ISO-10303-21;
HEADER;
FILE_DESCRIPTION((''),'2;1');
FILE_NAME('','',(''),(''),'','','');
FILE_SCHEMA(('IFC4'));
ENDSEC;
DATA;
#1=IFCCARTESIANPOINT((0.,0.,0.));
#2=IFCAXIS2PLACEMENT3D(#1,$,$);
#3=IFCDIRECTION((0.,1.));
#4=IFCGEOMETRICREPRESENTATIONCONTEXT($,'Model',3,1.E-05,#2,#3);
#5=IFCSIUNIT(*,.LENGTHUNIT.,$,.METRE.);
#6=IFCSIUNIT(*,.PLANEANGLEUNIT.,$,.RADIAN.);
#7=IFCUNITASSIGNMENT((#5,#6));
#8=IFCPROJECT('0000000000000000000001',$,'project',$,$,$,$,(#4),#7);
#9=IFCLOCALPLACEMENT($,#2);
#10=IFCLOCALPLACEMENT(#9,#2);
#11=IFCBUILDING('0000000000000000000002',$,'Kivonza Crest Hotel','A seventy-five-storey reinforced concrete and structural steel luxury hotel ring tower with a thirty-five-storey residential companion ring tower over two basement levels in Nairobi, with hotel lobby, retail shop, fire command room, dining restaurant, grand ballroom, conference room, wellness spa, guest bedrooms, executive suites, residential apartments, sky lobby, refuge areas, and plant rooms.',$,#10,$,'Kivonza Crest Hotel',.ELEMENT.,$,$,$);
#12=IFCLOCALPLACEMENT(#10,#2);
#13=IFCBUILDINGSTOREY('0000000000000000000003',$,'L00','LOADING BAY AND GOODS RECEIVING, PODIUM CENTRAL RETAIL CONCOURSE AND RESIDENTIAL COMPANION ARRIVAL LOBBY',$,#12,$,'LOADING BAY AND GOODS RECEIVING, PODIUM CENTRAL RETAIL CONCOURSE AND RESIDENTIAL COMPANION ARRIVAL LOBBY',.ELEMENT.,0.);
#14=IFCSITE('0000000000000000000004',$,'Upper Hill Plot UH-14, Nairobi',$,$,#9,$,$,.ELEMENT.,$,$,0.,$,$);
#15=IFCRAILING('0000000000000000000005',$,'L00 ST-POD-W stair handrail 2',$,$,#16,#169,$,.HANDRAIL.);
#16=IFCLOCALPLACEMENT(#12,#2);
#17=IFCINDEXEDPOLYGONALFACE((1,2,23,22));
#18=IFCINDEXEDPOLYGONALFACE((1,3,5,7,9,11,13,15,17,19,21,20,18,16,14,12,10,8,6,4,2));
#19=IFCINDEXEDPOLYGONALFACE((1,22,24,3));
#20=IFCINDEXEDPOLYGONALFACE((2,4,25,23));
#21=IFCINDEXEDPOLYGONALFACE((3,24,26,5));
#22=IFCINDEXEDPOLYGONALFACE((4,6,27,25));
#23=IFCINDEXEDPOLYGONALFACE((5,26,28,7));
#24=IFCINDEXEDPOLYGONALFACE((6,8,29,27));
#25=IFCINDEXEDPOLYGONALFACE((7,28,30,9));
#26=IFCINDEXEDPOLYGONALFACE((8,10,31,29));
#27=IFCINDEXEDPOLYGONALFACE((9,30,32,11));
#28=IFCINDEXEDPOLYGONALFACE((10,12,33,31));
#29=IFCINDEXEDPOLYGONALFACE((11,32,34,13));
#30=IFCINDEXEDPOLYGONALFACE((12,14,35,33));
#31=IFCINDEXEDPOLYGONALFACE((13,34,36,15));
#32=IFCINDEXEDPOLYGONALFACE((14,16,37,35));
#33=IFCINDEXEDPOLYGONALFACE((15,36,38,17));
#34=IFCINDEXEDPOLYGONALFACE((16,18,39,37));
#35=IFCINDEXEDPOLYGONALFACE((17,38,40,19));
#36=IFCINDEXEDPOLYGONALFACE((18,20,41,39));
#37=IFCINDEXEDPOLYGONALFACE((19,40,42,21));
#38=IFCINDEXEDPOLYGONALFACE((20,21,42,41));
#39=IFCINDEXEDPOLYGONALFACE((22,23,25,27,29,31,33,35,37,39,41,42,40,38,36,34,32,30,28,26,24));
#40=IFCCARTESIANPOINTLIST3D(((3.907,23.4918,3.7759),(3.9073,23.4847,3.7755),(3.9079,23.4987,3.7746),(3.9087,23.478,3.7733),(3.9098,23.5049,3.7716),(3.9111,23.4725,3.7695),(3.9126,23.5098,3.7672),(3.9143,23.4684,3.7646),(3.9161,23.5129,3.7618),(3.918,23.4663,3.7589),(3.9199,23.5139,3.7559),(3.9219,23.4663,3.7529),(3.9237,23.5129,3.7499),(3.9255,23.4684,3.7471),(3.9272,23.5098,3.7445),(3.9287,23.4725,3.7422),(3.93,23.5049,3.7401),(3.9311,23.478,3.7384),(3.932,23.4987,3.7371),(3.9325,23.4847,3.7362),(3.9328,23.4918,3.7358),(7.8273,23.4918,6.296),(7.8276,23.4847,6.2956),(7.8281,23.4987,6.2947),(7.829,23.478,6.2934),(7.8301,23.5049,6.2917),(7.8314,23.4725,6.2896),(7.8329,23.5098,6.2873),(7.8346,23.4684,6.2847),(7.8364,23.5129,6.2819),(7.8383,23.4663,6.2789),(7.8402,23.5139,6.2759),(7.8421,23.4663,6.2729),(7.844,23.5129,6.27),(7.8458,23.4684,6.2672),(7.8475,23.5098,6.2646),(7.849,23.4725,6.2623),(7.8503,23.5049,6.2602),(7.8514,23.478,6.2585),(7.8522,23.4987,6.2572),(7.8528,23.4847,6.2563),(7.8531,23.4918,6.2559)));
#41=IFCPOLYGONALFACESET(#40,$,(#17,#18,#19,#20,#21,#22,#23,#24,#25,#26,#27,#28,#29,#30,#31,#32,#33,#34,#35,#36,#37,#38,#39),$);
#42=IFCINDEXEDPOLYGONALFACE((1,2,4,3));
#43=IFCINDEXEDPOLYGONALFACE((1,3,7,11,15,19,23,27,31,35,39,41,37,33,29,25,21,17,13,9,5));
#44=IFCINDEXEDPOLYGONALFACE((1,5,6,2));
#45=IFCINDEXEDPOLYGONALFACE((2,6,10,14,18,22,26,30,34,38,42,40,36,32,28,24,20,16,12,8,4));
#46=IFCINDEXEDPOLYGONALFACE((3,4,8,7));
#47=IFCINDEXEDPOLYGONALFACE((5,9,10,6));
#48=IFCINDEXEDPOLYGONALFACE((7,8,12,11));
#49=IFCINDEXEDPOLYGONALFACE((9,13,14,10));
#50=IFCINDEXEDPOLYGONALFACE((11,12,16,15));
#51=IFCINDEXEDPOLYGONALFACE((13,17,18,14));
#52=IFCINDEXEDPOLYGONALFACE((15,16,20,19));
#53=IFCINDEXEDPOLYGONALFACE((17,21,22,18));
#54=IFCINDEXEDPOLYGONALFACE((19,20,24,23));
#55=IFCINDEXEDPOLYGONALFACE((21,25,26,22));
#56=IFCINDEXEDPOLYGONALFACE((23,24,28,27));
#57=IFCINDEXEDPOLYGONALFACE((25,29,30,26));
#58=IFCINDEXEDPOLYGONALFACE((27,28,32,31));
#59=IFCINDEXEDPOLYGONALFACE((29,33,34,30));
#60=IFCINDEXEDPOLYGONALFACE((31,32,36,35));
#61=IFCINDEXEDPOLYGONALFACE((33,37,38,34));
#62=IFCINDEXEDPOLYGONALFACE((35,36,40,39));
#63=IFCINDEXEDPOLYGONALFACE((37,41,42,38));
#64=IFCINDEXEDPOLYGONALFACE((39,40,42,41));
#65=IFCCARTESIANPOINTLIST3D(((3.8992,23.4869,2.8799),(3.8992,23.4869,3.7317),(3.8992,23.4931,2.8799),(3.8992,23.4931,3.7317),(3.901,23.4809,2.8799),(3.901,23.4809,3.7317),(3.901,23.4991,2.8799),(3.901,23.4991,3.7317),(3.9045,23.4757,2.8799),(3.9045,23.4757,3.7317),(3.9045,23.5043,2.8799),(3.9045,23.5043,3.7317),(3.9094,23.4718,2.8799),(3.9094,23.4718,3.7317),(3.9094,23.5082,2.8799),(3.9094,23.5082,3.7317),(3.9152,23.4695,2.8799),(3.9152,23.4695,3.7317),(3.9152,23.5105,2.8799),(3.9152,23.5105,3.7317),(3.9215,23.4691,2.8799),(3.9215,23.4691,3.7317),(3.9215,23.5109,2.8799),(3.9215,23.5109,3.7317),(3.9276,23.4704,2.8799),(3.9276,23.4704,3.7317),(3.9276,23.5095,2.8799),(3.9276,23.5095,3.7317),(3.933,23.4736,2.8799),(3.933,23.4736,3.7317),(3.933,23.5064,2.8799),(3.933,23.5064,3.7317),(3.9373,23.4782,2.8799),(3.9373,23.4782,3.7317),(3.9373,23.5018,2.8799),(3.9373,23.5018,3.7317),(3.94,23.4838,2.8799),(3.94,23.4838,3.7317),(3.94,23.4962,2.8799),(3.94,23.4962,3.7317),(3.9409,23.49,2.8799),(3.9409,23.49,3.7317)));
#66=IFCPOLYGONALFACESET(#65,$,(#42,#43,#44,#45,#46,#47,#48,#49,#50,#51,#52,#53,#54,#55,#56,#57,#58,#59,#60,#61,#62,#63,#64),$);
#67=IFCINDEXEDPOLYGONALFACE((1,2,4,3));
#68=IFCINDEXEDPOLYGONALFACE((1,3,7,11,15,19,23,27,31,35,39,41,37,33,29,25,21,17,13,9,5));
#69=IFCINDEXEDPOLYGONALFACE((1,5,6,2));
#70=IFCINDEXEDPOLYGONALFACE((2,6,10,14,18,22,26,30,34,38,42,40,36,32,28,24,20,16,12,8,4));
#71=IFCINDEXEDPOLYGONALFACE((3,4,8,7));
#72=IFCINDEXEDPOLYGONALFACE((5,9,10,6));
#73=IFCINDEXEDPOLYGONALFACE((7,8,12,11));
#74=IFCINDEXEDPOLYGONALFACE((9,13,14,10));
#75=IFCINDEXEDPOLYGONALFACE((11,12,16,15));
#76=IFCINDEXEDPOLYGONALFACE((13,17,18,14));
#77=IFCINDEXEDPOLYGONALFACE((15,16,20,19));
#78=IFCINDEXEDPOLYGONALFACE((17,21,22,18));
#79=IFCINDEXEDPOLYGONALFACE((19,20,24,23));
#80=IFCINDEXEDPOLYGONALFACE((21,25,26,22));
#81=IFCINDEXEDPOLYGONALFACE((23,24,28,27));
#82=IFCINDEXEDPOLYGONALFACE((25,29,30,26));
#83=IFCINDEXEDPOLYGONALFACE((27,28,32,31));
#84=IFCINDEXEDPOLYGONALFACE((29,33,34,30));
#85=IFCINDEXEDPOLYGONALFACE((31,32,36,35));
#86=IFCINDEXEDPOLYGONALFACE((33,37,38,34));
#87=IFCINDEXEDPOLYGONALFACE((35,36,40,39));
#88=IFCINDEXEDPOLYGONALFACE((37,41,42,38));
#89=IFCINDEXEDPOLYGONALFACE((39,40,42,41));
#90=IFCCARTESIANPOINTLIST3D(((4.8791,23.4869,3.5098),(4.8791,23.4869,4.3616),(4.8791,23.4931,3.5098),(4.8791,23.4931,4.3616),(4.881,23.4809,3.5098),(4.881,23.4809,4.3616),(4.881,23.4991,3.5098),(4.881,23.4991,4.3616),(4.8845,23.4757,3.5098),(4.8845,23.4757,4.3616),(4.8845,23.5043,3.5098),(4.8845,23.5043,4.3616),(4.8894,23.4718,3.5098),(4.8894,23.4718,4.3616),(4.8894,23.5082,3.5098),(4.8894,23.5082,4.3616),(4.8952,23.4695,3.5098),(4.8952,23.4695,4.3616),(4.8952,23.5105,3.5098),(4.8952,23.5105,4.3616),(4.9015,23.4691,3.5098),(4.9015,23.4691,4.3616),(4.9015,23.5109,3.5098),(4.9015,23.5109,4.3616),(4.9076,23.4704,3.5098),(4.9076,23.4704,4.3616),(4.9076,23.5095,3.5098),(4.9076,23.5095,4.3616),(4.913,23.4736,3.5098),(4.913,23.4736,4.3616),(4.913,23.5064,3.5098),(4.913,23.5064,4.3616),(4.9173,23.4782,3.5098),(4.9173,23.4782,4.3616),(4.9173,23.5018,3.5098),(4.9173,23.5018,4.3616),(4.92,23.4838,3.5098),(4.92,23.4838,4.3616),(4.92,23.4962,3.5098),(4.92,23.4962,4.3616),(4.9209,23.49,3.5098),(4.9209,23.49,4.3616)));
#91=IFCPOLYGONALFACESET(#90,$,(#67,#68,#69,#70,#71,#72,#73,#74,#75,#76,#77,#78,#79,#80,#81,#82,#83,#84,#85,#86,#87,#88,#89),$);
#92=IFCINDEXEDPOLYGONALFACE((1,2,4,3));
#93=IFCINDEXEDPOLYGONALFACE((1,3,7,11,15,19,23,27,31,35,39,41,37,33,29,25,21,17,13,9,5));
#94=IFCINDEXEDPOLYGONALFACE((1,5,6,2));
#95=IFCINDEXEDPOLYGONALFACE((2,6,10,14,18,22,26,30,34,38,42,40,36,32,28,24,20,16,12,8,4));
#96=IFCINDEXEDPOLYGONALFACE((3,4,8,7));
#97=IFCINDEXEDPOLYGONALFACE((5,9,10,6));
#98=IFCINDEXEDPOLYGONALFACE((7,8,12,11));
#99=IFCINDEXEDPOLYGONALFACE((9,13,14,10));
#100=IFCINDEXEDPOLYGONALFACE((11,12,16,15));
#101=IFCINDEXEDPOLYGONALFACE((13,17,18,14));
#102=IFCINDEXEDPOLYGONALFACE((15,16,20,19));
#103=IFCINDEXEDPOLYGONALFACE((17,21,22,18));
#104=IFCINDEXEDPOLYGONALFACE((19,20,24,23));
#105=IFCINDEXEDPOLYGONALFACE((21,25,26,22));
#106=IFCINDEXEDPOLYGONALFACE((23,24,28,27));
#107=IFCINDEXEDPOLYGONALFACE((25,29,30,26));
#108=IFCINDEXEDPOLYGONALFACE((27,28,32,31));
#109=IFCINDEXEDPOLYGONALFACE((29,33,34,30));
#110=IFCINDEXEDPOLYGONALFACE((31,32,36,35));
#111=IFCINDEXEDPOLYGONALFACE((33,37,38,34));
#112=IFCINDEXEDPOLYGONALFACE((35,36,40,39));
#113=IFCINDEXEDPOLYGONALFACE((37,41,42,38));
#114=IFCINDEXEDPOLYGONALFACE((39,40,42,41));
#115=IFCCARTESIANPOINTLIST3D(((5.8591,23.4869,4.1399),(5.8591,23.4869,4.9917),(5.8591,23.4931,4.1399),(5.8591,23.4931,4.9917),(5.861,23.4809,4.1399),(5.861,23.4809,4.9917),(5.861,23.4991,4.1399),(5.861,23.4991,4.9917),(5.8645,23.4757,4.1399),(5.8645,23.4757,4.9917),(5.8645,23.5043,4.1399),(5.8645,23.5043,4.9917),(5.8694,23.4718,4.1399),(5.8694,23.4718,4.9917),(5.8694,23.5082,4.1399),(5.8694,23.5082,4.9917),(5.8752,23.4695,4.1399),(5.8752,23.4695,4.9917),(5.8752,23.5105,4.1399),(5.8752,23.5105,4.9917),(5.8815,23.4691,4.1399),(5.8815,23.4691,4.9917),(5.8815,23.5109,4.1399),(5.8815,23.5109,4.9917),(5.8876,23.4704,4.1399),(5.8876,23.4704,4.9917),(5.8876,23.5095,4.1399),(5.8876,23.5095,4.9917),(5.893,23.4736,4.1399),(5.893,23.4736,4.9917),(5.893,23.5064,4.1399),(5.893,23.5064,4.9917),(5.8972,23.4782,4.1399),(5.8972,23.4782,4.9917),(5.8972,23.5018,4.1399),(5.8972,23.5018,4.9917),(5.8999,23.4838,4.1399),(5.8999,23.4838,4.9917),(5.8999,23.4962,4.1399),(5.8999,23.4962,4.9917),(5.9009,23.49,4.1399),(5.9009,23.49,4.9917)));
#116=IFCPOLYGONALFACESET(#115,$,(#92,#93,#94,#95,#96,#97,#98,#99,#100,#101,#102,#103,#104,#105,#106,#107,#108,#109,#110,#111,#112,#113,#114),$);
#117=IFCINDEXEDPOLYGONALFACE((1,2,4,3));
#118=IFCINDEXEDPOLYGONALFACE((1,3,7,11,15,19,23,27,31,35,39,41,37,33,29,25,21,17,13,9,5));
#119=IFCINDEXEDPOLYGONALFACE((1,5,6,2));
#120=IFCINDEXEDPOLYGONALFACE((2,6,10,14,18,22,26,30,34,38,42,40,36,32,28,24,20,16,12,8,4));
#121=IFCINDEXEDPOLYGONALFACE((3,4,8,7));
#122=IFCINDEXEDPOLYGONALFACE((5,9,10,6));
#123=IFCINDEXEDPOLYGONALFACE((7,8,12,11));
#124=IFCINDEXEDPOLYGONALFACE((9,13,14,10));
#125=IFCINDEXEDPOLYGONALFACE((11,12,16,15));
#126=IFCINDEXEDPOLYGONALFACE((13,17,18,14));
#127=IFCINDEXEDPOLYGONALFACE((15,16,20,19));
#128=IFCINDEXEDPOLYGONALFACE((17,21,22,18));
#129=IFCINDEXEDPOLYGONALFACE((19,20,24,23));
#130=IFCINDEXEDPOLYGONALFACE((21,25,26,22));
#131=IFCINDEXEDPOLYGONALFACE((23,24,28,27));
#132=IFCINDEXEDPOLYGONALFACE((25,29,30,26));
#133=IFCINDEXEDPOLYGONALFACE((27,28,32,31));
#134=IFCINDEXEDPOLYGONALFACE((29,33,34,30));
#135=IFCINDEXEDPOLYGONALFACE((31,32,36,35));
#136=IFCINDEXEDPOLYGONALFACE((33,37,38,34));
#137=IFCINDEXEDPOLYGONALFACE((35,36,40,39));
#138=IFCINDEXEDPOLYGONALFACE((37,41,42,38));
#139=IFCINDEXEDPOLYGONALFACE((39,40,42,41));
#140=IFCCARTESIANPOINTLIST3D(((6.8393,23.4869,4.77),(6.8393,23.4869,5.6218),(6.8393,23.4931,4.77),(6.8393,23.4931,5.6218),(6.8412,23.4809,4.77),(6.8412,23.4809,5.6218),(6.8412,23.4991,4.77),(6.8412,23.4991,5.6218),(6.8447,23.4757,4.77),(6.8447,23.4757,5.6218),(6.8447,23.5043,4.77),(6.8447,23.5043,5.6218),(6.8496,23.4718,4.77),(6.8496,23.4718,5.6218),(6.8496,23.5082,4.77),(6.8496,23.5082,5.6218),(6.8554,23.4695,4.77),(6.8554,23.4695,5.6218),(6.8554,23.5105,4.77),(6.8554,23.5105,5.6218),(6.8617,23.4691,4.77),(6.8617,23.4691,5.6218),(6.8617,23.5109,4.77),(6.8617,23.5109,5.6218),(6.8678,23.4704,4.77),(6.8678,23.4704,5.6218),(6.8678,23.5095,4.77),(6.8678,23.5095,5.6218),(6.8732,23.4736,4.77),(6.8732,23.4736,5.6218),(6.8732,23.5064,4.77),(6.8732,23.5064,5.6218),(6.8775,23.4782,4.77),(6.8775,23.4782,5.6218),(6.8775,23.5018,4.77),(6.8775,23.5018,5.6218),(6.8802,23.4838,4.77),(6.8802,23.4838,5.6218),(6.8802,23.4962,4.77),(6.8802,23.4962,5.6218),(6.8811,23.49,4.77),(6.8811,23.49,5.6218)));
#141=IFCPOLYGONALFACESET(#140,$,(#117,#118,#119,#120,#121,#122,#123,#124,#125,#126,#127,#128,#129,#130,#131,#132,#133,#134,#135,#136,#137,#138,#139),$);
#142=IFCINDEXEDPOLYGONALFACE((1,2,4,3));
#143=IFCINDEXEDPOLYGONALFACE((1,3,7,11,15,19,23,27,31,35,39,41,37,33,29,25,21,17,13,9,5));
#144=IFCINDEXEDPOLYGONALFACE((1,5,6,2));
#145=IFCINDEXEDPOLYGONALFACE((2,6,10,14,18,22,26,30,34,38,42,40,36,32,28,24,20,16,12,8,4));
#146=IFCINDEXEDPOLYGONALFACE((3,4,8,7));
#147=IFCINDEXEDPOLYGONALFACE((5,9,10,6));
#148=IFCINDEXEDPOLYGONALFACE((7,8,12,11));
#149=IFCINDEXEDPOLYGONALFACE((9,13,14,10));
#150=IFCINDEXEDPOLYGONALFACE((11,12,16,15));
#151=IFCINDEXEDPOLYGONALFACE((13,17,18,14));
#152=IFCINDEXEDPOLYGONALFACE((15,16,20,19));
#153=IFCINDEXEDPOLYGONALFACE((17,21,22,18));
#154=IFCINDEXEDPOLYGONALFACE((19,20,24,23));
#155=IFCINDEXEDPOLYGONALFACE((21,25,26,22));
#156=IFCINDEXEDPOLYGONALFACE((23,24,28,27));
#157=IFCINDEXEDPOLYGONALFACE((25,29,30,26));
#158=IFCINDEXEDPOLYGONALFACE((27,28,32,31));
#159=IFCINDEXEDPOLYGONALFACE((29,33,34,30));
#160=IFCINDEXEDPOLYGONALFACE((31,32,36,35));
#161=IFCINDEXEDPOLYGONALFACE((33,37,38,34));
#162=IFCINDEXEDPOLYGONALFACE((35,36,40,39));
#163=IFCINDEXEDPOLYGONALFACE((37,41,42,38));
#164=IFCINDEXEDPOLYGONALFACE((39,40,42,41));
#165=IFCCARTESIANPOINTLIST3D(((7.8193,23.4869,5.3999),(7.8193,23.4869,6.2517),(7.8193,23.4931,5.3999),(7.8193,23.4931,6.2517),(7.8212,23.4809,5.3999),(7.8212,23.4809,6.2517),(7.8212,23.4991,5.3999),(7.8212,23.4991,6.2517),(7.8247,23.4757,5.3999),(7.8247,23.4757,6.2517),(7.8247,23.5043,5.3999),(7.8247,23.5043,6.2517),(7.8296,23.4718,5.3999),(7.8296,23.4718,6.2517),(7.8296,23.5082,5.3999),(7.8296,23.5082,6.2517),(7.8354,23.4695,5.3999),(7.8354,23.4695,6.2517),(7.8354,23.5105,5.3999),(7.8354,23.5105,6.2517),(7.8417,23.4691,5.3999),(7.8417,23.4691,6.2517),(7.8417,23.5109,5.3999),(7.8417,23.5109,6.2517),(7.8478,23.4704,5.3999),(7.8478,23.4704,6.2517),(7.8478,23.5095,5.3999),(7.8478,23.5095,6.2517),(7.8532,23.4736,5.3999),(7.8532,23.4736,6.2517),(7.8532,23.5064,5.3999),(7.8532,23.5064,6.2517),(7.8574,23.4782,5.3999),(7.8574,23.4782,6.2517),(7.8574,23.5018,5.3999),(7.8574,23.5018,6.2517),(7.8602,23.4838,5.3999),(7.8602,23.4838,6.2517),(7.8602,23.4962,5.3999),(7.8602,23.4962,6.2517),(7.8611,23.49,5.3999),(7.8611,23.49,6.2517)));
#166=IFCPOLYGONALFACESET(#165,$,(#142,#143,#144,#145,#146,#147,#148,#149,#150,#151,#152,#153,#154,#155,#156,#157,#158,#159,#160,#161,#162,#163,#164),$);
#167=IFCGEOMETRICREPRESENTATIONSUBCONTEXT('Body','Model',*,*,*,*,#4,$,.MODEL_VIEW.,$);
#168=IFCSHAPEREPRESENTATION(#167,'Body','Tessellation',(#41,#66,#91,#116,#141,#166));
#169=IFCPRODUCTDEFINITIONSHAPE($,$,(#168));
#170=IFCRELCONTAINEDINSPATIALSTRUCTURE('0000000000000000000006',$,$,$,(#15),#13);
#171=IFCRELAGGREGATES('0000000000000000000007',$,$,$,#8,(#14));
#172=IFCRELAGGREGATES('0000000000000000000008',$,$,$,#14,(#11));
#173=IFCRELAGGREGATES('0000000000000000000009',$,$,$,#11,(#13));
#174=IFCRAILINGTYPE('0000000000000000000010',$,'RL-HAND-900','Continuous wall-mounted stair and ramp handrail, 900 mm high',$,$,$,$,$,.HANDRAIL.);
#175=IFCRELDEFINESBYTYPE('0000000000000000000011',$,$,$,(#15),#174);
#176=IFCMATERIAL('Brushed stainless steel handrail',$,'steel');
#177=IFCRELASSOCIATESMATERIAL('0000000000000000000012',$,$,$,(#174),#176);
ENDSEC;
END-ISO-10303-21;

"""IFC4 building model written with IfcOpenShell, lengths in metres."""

from ifc_helpers import new_model, si_unit, direction, frame, origin, origin_2d, place, context, subcontext, project, spatial, circle, extrude, material, type_object, element, save


model = new_model("IFC4")

# Units and contexts
model_context = context("Model", 3, precision=1e-05, world=origin(), true_north=direction((0.0, 1.0)))
body_context = subcontext(model_context, "Body", "Model", "MODEL_VIEW")
ifc_project = project(units=[si_unit("LENGTHUNIT", "METRE"), si_unit("PLANEANGLEUNIT", "RADIAN")], contexts=[model_context])

# Site, building, storey
site_placement = place(None, origin())
site = spatial("IfcSite", under=ifc_project, at=site_placement, Name="Upper Hill Plot UH-14, Nairobi", CompositionType="ELEMENT", RefElevation=0.0)
building_placement = place(site_placement, origin())
building = spatial("IfcBuilding", under=site, at=building_placement, Name="Kivonza Crest Hotel", Description="A seventy-five-storey reinforced concrete and structural steel luxury hotel ring tower with a thirty-five-storey residential companion ring tower over two basement levels in Nairobi, with hotel lobby, retail shop, fire command room, dining restaurant, grand ballroom, conference room, wellness spa, guest bedrooms, executive suites, residential apartments, sky lobby, refuge areas, and plant rooms.", LongName="Kivonza Crest Hotel", CompositionType="ELEMENT")
storey_placement = place(building_placement, origin())
storey = spatial("IfcBuildingStorey", under=building, at=storey_placement, Name="L00", Description="LOADING BAY AND GOODS RECEIVING, PODIUM CENTRAL RETAIL CONCOURSE AND RESIDENTIAL COMPANION ARRIVAL LOBBY", LongName="LOADING BAY AND GOODS RECEIVING, PODIUM CENTRAL RETAIL CONCOURSE AND RESIDENTIAL COMPANION ARRIVAL LOBBY", CompositionType="ELEMENT", Elevation=0.0)

# Railing
ifc_material_1 = material(Name="Brushed stainless steel handrail", Category="steel")
railing_type_1 = type_object("IfcRailingType", Name="RL-HAND-900", Description="Continuous wall-mounted stair and ramp handrail, 900 mm high", PredefinedType="HANDRAIL", material=ifc_material_1)
railing_1_placement = place(storey_placement, frame((3.9199, 23.49, 2.8799)))
element("IfcRailing", 1, at=railing_1_placement, inside=storey, type_object=railing_type_1, Name="L00 ST-POD-W stair handrail 2", PredefinedType="HANDRAIL", context=body_context, shape_type="SweptSolid", body=[
    extrude(circle(Radius=0.0239, at=origin_2d()), frame((0.0, 0.0, 0.876), z_axis=(0.841187, 0.0, 0.540744), x_axis=(0.0, 1.0, 0.0)), (0.0, 0.0, 1.0), 4.6604),
    extrude(circle(Radius=0.021, at=origin_2d()), origin(), (0.0, 0.0, 1.0), 0.8518),
    extrude(circle(Radius=0.021, at=origin_2d()), frame((0.98, 0.0, 0.6299)), (0.0, 0.0, 1.0), 0.8518),
    extrude(circle(Radius=0.021, at=origin_2d()), frame((1.96, 0.0, 1.26)), (0.0, 0.0, 1.0), 0.8518),
    extrude(circle(Radius=0.021, at=origin_2d()), frame((2.9402, 0.0, 1.8901)), (0.0, 0.0, 1.0), 0.8518),
    extrude(circle(Radius=0.021, at=origin_2d()), frame((3.9202, 0.0, 2.52)), (0.0, 0.0, 1.0), 0.8518),
])

save(model, "model.ifc")
